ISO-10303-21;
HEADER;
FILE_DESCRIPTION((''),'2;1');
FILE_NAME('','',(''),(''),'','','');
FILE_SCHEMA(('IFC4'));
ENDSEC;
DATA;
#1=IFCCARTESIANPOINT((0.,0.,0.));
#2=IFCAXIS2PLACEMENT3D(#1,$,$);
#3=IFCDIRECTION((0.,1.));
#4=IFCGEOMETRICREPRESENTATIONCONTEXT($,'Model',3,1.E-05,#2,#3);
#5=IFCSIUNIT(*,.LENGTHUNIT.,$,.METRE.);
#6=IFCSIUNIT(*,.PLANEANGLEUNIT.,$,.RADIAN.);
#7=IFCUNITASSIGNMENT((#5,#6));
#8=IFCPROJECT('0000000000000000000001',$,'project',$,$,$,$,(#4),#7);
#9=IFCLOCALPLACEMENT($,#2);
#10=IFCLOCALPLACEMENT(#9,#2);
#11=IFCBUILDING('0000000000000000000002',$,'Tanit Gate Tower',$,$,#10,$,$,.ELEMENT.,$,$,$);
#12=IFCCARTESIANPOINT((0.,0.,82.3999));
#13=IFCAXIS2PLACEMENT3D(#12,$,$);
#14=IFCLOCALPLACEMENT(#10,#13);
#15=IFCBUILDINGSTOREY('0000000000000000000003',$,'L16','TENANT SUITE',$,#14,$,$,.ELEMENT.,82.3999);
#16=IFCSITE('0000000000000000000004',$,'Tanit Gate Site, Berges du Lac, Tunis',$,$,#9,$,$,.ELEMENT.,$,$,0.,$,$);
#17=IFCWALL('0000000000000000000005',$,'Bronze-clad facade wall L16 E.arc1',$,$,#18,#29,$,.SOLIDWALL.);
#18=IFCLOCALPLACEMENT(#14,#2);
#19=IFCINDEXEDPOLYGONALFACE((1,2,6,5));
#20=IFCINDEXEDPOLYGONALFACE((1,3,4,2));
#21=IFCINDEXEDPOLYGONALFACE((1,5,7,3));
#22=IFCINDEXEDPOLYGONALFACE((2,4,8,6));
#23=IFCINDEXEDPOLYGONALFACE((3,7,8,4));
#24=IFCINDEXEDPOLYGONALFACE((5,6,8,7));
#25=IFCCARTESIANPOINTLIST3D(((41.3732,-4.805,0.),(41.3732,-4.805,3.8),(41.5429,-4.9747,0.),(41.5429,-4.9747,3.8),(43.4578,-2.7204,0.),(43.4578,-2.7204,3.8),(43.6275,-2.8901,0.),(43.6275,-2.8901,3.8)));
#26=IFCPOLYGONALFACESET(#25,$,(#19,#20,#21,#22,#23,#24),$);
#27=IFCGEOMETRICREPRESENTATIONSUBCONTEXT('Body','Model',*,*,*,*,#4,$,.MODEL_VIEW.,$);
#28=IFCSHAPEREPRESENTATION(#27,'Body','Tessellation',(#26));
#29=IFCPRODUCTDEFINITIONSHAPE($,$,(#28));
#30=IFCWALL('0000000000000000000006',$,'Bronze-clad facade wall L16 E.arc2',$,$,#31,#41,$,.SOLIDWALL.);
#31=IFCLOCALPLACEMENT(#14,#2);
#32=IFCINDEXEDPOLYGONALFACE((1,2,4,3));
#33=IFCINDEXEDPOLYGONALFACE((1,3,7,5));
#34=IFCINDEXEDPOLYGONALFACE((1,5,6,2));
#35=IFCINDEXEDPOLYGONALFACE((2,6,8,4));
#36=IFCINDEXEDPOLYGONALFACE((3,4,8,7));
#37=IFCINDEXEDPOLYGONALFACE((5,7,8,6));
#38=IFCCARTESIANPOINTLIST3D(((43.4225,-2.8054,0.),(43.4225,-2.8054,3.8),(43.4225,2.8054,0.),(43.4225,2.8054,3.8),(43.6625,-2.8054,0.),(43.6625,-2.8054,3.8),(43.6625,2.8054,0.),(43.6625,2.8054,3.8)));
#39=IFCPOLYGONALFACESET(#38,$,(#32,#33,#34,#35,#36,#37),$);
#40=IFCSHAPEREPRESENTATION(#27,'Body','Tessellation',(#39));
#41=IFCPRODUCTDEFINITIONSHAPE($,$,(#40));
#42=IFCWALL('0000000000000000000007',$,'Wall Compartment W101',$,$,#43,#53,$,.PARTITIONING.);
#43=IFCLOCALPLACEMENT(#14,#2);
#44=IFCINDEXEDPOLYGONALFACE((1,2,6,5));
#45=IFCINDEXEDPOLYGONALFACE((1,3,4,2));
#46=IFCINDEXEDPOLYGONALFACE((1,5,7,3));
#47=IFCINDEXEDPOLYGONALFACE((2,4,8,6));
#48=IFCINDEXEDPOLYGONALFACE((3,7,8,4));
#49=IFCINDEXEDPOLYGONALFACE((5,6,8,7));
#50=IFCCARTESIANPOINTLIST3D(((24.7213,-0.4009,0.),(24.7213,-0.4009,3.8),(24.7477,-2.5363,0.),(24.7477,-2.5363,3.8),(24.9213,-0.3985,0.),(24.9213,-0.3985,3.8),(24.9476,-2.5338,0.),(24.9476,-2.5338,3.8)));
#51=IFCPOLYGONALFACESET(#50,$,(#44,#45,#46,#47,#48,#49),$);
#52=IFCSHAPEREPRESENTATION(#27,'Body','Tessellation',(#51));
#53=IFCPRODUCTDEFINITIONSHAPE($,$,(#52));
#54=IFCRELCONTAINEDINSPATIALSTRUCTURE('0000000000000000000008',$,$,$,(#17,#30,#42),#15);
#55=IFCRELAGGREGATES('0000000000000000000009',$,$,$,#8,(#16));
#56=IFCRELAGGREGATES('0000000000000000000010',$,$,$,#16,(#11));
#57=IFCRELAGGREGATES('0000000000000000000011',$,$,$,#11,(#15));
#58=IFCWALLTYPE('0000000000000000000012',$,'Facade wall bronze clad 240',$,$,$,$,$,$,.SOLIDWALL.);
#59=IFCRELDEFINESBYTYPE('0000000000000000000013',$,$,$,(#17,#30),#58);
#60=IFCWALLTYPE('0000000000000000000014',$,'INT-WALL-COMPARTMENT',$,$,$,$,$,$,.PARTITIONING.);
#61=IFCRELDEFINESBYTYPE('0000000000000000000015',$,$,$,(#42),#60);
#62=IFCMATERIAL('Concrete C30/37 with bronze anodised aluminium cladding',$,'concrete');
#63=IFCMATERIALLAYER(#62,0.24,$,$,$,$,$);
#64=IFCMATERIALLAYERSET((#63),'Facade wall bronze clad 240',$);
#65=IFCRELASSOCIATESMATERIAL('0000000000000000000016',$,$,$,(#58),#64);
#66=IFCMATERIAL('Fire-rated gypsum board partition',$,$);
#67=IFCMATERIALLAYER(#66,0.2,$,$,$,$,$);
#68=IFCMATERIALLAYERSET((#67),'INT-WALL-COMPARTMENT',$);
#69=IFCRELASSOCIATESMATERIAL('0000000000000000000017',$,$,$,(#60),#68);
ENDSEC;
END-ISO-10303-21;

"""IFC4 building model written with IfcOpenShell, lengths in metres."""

from ifc_helpers import new_model, si_unit, direction, frame, frame_2d, origin, place, context, subcontext, project, spatial, rectangle, extrude, material, layer, layer_set, type_object, element, save


model = new_model("IFC4")

# Units and contexts
model_context = context("Model", 3, precision=1e-05, world=origin(), true_north=direction((0.0, 1.0)))
body_context = subcontext(model_context, "Body", "Model", "MODEL_VIEW")
ifc_project = project(units=[si_unit("LENGTHUNIT", "METRE"), si_unit("PLANEANGLEUNIT", "RADIAN")], contexts=[model_context])

# Site, building, storey
site_placement = place(None, origin())
site = spatial("IfcSite", under=ifc_project, at=site_placement, Name="Tanit Gate Site, Berges du Lac, Tunis", CompositionType="ELEMENT", RefElevation=0.0)
building_placement = place(site_placement, origin())
building = spatial("IfcBuilding", under=site, at=building_placement, Name="Tanit Gate Tower", CompositionType="ELEMENT")
storey_placement = place(building_placement, frame((0.0, 0.0, 82.3999)))
storey = spatial("IfcBuildingStorey", under=building, at=storey_placement, Name="L16", Description="TENANT SUITE", CompositionType="ELEMENT", Elevation=82.3999)

# Walls
ifc_material_1 = material(Name="Concrete C30/37 with bronze anodised aluminium cladding", Category="concrete")
ifc_layer_1 = layer(ifc_material_1, 0.24)
ifc_layer_set_1 = layer_set([ifc_layer_1], Name="Facade wall bronze clad 240")
wall_type_1 = type_object("IfcWallType", Name="Facade wall bronze clad 240", PredefinedType="SOLIDWALL", material=ifc_layer_set_1)
wall_1_placement = place(storey_placement, frame((41.458, -4.8899, 0.0), z_axis=(0.0, 0.0, 1.0), x_axis=(0.707107, 0.707107, 0.0)))
element("IfcWall", 1, at=wall_1_placement, inside=storey, type_object=wall_type_1, Name="Bronze-clad facade wall L16 E.arc1", PredefinedType="SOLIDWALL", context=body_context, shape_type="SweptSolid", body=[
    extrude(rectangle(XDim=2.948, YDim=0.24, at=frame_2d((1.4741, 0.0))), origin(), (0.0, 0.0, 1.0), 3.8),
])
wall_2_placement = place(storey_placement, frame((43.5425, -2.8054, 0.0), z_axis=(0.0, 0.0, 1.0), x_axis=(0.0, 1.0, 0.0)))
element("IfcWall", 2, at=wall_2_placement, inside=storey, type_object=wall_type_1, Name="Bronze-clad facade wall L16 E.arc2", PredefinedType="SOLIDWALL", context=body_context, shape_type="SweptSolid", body=[
    extrude(rectangle(XDim=5.6108, YDim=0.24, at=frame_2d((2.8054, 0.0))), origin(), (0.0, 0.0, 1.0), 3.8),
])
ifc_material_2 = material(Name="Fire-rated gypsum board partition")
ifc_layer_2 = layer(ifc_material_2, 0.2)
ifc_layer_set_2 = layer_set([ifc_layer_2], Name="INT-WALL-COMPARTMENT")
wall_type_2 = type_object("IfcWallType", Name="INT-WALL-COMPARTMENT", PredefinedType="PARTITIONING", material=ifc_layer_set_2)
wall_3_placement = place(storey_placement, frame((24.8477, -2.5352, 0.0), z_axis=(0.0, 0.0, 1.0), x_axis=(-0.012348, 0.999924, 0.0)))
element("IfcWall", 3, at=wall_3_placement, inside=storey, type_object=wall_type_2, Name="Wall Compartment W101", PredefinedType="PARTITIONING", context=body_context, shape_type="SweptSolid", body=[
    extrude(rectangle(XDim=2.1355, YDim=0.2, at=frame_2d((1.0679, 0.0))), origin(), (0.0, 0.0, 1.0), 3.8),
])

save(model, "model.ifc")
